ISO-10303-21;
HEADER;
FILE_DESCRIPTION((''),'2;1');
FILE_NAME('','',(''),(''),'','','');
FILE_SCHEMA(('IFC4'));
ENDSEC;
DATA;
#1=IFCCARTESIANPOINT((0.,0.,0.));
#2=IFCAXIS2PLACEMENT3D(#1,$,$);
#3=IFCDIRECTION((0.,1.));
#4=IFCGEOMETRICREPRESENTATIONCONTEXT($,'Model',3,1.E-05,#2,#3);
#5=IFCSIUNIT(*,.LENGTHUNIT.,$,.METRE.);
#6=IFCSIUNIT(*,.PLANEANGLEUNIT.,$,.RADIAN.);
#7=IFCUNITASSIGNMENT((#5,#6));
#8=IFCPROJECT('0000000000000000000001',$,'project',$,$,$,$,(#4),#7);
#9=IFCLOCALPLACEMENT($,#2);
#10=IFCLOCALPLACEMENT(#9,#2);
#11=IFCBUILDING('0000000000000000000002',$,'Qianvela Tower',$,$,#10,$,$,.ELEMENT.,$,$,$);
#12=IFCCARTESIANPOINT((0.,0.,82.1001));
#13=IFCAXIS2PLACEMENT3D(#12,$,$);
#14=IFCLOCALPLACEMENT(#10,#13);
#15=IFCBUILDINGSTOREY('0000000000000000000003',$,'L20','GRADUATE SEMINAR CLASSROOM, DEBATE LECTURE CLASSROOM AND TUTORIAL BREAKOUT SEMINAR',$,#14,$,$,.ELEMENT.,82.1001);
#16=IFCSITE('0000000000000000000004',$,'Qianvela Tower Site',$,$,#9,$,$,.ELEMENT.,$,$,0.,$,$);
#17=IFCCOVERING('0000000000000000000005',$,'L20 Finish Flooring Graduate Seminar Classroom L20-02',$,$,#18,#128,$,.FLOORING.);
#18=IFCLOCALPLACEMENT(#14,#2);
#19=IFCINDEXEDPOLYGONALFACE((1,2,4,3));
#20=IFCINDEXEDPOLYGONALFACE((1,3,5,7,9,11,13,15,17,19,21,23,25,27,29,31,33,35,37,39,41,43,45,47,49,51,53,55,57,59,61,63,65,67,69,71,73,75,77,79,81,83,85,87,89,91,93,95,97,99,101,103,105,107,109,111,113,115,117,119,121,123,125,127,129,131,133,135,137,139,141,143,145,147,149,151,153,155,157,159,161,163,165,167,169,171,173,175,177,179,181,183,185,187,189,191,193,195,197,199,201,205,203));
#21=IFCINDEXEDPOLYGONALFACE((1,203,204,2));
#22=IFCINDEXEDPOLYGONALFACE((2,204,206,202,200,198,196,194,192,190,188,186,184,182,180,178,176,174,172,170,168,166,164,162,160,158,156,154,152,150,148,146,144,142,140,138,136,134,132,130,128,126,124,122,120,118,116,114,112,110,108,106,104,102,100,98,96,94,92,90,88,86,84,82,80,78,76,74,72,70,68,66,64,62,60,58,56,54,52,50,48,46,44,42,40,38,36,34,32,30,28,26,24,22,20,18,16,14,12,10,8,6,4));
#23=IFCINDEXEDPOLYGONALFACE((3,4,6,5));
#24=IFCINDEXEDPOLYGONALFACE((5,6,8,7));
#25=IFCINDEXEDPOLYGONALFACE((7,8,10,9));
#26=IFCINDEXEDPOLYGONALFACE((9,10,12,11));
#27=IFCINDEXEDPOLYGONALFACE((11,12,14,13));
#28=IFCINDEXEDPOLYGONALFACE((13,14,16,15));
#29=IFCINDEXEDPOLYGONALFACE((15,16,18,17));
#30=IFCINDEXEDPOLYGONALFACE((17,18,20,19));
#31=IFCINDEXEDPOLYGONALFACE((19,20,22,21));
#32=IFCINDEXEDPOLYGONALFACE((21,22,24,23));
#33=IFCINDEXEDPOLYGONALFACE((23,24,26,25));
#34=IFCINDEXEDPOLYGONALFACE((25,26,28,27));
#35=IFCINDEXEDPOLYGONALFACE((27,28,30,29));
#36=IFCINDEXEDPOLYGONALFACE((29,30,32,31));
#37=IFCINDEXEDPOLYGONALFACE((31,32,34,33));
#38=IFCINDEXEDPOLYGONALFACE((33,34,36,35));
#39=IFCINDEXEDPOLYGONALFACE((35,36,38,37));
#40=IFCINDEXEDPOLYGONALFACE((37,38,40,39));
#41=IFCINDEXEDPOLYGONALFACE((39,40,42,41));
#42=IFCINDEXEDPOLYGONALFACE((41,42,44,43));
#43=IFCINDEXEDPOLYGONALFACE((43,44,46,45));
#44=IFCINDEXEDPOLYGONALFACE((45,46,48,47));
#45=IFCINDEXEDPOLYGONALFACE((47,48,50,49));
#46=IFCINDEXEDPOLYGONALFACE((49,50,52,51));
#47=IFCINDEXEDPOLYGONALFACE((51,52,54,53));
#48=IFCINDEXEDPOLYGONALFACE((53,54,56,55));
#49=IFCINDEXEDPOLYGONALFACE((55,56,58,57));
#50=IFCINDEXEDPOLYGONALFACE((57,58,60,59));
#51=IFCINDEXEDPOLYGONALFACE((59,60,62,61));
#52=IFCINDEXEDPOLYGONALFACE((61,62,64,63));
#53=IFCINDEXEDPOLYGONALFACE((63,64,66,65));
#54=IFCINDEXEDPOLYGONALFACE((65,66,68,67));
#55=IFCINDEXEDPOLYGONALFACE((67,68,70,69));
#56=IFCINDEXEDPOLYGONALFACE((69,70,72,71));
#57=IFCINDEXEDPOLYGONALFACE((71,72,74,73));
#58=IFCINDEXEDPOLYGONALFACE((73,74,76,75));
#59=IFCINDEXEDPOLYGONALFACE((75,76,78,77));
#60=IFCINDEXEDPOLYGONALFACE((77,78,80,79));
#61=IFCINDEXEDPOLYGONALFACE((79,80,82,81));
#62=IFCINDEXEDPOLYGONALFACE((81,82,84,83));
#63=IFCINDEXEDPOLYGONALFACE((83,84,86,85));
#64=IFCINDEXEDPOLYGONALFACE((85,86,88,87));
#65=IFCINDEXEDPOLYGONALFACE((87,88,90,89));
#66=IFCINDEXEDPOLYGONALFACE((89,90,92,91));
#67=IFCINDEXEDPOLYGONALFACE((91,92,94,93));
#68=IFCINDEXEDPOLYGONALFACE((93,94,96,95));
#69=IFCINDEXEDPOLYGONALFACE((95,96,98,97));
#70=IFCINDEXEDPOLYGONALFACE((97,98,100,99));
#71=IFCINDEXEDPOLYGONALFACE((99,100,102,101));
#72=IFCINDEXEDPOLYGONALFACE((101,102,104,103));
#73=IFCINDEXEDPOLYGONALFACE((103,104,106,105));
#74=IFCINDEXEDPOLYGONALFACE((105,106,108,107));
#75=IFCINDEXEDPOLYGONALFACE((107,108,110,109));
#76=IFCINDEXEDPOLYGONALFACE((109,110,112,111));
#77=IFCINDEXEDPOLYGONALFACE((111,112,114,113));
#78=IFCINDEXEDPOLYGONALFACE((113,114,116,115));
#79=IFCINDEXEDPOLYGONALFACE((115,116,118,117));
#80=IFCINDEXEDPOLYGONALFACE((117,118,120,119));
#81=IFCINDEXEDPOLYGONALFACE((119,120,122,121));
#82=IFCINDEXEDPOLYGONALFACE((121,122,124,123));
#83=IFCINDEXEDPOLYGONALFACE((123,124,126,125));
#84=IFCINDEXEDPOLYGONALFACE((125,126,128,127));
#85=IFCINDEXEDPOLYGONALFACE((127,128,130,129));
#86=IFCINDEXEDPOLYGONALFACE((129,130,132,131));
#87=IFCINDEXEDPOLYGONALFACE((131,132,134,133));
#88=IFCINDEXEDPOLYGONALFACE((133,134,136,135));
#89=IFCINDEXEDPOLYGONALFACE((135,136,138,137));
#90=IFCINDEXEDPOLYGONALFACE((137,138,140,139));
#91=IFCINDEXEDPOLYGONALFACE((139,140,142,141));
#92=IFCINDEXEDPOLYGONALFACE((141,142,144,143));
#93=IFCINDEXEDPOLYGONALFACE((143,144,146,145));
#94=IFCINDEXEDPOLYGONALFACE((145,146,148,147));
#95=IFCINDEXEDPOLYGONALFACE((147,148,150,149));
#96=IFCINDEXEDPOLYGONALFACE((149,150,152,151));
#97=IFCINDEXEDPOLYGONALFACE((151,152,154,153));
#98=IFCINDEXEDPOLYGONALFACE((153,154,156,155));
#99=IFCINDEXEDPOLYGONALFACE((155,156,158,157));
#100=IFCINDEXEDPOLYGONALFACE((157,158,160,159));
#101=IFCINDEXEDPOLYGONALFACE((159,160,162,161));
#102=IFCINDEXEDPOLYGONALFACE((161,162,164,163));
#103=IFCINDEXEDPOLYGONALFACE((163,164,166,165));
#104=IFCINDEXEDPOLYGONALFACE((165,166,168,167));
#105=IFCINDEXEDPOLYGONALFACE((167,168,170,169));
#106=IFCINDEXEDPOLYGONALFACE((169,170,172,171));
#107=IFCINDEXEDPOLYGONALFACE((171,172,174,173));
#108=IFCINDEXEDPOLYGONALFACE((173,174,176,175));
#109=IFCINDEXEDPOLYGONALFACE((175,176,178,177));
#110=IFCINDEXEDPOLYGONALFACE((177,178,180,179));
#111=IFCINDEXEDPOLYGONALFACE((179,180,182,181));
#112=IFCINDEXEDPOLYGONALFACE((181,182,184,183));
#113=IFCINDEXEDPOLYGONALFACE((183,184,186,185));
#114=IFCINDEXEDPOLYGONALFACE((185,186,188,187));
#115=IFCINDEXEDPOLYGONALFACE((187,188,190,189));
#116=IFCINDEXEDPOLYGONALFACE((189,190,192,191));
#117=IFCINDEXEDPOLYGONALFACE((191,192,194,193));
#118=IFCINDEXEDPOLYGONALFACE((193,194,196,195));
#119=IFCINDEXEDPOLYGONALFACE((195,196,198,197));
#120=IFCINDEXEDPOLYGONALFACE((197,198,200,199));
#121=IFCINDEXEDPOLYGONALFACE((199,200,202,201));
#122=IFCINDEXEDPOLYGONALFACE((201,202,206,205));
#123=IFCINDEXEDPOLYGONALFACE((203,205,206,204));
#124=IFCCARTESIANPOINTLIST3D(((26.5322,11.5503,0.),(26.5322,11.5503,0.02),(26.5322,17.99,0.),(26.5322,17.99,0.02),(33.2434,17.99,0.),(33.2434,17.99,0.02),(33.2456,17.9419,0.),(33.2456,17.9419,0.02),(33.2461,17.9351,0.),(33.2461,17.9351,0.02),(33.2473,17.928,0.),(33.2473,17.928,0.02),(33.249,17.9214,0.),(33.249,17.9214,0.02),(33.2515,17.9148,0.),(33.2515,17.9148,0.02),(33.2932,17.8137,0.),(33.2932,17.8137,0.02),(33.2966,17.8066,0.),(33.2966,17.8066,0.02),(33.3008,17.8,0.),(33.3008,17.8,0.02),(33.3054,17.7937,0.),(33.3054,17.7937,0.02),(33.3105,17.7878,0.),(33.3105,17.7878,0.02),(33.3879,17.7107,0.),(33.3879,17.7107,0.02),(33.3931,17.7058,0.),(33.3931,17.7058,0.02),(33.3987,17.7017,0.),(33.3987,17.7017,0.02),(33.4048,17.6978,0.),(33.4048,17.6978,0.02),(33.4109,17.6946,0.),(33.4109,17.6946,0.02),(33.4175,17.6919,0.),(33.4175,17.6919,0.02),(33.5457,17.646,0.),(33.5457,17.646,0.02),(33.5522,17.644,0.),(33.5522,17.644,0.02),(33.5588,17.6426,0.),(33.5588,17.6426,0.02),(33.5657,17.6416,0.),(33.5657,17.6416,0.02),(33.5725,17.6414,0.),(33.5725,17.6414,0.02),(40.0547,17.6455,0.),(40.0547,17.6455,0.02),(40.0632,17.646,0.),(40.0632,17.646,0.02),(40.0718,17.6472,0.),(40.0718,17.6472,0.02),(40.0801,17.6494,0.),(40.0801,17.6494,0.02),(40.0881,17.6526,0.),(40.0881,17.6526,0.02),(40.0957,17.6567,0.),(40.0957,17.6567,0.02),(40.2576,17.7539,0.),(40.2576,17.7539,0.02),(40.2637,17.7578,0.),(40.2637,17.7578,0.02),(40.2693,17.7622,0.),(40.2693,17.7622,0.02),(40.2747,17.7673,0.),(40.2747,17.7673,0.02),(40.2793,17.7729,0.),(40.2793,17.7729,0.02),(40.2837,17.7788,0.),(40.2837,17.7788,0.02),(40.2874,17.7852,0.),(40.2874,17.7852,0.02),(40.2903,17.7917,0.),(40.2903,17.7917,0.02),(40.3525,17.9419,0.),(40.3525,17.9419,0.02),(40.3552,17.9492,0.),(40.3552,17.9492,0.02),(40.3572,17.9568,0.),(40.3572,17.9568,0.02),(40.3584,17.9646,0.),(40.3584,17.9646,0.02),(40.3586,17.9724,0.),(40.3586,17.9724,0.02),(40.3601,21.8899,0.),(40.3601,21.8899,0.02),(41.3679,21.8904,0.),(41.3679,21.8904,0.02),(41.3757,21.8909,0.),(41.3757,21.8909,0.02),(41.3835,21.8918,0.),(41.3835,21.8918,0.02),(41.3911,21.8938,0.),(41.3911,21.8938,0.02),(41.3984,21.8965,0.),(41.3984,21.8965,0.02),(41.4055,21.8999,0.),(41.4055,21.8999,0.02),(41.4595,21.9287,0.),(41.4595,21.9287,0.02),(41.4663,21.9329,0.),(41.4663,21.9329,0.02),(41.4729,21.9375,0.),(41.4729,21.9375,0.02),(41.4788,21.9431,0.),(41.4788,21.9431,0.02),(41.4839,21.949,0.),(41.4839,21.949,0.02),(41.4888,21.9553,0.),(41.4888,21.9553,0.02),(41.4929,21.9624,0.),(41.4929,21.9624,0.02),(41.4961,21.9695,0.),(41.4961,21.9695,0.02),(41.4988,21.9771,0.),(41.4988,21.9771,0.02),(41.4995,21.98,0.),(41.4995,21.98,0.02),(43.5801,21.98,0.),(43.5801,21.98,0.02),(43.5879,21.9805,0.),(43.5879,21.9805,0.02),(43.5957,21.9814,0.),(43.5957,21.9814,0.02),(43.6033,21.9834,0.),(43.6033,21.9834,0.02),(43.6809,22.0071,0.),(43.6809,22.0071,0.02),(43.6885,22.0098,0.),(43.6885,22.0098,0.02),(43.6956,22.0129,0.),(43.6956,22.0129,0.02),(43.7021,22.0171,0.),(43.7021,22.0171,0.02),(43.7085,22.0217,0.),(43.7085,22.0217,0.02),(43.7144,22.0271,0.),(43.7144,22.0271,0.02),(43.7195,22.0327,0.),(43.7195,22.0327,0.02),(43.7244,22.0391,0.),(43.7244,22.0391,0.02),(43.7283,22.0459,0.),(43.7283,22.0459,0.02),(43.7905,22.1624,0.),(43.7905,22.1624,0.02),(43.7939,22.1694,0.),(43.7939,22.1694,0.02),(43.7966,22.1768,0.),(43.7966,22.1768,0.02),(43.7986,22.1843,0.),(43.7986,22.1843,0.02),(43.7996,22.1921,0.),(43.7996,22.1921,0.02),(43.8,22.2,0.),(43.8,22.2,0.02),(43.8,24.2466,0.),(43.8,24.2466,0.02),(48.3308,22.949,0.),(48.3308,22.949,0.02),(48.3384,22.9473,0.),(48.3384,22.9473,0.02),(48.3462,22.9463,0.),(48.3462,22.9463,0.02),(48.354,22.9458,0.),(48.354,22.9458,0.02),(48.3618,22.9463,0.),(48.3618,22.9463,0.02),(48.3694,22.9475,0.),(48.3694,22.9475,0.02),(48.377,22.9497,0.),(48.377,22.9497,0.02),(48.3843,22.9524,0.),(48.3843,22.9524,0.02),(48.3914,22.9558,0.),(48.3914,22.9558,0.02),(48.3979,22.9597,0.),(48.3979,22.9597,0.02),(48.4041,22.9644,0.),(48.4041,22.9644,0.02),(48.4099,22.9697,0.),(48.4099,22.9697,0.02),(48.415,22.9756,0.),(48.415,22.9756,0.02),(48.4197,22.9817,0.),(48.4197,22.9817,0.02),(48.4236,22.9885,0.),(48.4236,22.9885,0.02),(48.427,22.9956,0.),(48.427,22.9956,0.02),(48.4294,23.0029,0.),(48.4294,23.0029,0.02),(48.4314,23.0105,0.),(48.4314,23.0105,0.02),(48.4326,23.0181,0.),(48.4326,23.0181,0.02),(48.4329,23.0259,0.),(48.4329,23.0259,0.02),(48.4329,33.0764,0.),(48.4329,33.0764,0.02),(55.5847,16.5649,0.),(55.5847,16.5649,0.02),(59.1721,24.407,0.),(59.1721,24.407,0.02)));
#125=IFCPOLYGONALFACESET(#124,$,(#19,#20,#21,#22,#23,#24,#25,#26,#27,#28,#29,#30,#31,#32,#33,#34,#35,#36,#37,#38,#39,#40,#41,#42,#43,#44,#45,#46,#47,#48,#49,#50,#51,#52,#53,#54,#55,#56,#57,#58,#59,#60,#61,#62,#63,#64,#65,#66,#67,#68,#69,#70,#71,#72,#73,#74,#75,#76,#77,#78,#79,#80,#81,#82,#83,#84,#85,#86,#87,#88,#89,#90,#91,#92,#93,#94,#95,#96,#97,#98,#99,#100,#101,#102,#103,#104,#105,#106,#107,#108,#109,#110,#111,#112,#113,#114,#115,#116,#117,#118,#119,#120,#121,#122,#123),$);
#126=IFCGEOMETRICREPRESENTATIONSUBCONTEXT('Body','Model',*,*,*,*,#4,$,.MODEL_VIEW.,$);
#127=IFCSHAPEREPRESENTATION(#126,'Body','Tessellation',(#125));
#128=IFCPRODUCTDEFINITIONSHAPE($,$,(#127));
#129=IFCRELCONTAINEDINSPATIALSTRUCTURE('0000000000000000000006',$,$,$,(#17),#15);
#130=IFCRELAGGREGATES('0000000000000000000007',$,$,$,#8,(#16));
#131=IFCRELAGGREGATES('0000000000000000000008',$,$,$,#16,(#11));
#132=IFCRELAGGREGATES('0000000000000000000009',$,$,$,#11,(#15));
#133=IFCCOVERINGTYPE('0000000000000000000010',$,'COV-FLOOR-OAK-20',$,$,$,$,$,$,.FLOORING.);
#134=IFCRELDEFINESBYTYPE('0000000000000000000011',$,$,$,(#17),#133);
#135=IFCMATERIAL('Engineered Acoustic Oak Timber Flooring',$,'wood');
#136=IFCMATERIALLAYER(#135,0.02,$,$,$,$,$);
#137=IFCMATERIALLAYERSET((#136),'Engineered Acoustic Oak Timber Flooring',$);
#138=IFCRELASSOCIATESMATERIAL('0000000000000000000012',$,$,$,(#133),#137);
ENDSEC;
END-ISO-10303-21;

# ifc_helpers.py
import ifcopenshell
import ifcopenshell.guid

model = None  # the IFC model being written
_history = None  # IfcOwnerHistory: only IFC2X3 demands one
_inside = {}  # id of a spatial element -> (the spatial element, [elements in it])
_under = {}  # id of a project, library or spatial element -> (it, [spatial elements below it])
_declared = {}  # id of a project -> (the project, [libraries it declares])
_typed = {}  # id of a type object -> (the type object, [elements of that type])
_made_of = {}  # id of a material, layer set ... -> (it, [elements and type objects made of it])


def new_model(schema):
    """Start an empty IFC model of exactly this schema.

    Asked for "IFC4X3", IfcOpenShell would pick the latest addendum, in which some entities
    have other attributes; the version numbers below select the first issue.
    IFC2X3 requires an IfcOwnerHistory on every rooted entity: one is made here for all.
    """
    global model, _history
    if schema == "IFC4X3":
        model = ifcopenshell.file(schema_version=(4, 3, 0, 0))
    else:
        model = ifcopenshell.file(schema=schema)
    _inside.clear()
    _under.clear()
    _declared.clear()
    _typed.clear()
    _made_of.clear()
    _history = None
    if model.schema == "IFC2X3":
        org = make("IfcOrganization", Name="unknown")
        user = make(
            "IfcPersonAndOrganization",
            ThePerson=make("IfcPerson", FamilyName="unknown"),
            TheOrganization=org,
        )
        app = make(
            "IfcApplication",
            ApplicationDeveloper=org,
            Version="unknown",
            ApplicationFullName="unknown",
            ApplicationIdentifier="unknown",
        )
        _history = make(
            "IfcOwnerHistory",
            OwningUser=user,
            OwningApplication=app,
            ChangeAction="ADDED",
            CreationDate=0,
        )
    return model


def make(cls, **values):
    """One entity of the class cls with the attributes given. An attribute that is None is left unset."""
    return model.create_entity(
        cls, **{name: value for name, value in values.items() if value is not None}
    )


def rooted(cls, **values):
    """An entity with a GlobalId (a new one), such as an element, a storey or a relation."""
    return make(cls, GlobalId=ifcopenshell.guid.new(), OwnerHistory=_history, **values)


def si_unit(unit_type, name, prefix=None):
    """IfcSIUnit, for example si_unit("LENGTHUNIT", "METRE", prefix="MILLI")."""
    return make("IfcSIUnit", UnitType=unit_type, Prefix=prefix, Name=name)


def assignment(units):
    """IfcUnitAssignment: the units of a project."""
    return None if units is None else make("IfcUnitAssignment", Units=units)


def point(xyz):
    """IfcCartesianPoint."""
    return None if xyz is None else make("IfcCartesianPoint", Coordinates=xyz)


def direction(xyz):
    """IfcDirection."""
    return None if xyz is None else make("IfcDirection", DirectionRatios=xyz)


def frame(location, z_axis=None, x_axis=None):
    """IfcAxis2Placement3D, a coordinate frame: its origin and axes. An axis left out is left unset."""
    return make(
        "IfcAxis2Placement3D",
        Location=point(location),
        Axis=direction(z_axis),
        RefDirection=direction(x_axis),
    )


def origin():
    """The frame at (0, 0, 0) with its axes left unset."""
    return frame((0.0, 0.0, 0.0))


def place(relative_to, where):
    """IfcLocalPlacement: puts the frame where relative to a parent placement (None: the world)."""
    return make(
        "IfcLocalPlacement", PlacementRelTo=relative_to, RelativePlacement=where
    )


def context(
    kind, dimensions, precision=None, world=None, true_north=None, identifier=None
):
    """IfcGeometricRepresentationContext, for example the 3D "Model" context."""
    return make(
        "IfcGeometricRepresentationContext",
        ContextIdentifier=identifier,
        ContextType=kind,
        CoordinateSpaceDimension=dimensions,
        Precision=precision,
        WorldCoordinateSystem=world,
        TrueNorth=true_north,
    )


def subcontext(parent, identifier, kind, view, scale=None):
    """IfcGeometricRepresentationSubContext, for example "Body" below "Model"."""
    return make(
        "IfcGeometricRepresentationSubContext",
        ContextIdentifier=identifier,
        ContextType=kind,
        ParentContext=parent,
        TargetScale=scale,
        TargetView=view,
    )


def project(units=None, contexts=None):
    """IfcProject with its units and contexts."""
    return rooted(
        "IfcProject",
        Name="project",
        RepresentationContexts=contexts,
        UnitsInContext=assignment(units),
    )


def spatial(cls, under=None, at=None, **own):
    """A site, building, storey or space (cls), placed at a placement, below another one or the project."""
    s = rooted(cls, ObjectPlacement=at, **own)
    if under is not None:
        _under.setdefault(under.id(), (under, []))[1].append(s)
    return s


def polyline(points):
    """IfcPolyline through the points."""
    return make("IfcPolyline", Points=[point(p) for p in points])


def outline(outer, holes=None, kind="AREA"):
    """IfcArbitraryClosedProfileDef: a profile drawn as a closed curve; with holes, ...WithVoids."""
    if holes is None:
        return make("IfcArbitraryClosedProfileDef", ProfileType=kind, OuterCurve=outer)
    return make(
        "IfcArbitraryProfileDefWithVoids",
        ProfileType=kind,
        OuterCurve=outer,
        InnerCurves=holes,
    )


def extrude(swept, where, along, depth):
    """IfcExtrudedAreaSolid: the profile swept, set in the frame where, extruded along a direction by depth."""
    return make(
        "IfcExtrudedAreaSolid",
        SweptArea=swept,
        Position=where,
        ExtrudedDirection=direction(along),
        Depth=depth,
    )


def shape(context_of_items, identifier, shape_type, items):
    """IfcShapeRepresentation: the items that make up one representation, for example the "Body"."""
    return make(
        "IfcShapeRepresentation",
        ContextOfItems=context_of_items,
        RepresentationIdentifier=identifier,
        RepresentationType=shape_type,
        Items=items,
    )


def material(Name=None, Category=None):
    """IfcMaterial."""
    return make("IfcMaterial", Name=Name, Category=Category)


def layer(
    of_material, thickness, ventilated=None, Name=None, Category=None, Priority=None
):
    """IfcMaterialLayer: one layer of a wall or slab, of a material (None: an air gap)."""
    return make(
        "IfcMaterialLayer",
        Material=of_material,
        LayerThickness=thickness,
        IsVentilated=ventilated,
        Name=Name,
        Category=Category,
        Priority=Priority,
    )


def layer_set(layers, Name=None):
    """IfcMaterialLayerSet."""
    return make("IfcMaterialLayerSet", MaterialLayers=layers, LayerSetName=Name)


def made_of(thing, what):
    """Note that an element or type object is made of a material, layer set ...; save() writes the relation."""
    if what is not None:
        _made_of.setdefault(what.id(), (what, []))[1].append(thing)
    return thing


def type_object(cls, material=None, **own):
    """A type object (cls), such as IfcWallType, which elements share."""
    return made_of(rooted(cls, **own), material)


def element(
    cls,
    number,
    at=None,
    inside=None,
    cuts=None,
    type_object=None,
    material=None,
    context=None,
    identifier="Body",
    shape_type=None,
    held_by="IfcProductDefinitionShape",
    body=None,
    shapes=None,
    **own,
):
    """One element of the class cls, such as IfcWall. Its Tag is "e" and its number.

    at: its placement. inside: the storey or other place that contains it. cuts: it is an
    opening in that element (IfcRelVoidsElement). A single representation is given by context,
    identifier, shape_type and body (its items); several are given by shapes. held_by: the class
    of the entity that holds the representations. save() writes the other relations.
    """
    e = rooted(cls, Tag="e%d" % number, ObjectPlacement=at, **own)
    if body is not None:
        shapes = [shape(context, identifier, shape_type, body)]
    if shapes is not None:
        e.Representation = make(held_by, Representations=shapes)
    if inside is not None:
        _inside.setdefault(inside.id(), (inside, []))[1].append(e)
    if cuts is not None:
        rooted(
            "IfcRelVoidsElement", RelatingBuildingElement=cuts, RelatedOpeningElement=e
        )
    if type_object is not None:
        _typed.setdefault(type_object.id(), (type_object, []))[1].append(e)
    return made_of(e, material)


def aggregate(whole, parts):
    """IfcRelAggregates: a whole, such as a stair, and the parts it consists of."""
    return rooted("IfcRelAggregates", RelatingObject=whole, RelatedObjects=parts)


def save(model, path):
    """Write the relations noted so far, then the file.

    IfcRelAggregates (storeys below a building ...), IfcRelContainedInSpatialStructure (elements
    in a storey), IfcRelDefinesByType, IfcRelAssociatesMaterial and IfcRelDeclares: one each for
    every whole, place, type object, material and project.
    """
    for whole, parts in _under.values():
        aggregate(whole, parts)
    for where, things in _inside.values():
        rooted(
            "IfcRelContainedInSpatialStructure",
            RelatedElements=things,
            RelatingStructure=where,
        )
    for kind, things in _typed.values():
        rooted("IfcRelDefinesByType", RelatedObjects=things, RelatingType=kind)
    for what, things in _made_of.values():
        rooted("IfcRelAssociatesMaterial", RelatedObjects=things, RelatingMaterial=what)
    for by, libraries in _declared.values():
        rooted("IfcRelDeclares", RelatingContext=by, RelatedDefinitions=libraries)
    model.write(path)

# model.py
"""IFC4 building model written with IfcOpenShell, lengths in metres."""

from ifc_helpers import new_model, si_unit, direction, frame, origin, place, context, subcontext, project, spatial, polyline, outline, extrude, material, layer, layer_set, type_object, element, save


model = new_model("IFC4")

# Units and contexts
model_context = context("Model", 3, precision=1e-05, world=origin(), true_north=direction((0.0, 1.0)))
body_context = subcontext(model_context, "Body", "Model", "MODEL_VIEW")
ifc_project = project(units=[si_unit("LENGTHUNIT", "METRE"), si_unit("PLANEANGLEUNIT", "RADIAN")], contexts=[model_context])

# Site, building, storey
site_placement = place(None, origin())
site = spatial("IfcSite", under=ifc_project, at=site_placement, Name="Qianvela Tower Site", CompositionType="ELEMENT", RefElevation=0.0)
building_placement = place(site_placement, origin())
building = spatial("IfcBuilding", under=site, at=building_placement, Name="Qianvela Tower", CompositionType="ELEMENT")
storey_placement = place(building_placement, frame((0.0, 0.0, 82.1001)))
storey = spatial("IfcBuildingStorey", under=building, at=storey_placement, Name="L20", Description="GRADUATE SEMINAR CLASSROOM, DEBATE LECTURE CLASSROOM AND TUTORIAL BREAKOUT SEMINAR", CompositionType="ELEMENT", Elevation=82.1001)

# Covering
ifc_material_1 = material(Name="Engineered Acoustic Oak Timber Flooring", Category="wood")
ifc_layer_1 = layer(ifc_material_1, 0.02)
ifc_layer_set_1 = layer_set([ifc_layer_1], Name="Engineered Acoustic Oak Timber Flooring")
covering_type_1 = type_object("IfcCoveringType", Name="COV-FLOOR-OAK-20", PredefinedType="FLOORING", material=ifc_layer_set_1)
covering_1_placement = place(storey_placement, origin())
element("IfcCovering", 1, at=covering_1_placement, inside=storey, type_object=covering_type_1, Name="L20 Finish Flooring Graduate Seminar Classroom L20-02", PredefinedType="FLOORING", context=body_context, shape_type="SweptSolid", body=[
    extrude(outline(polyline([(48.4329, 33.0764), (59.1721, 24.407), (55.5847, 16.5649), (26.5322, 11.5503), (26.5322, 17.99), (33.2434, 17.99), (33.2456, 17.9419), (33.2461, 17.9351), (33.2473, 17.928), (33.249, 17.9214), (33.2515, 17.9148), (33.2932, 17.8137), (33.2966, 17.8066), (33.3008, 17.8), (33.3054, 17.7937), (33.3105, 17.7878), (33.3879, 17.7107), (33.3931, 17.7058), (33.3987, 17.7017), (33.4048, 17.6978), (33.4109, 17.6946), (33.4175, 17.6919), (33.5457, 17.646), (33.5522, 17.644), (33.5588, 17.6426), (33.5657, 17.6416), (33.5725, 17.6414), (40.0547, 17.6455), (40.0632, 17.646), (40.0718, 17.6472), (40.0801, 17.6494), (40.0881, 17.6526), (40.0957, 17.6567), (40.2576, 17.7539), (40.2637, 17.7578), (40.2693, 17.7622), (40.2747, 17.7673), (40.2793, 17.7729), (40.2837, 17.7788), (40.2874, 17.7852), (40.2903, 17.7917), (40.3525, 17.9419), (40.3552, 17.9492), (40.3572, 17.9568), (40.3584, 17.9646), (40.3586, 17.9724), (40.3601, 21.8899), (41.3679, 21.8904), (41.3757, 21.8909), (41.3835, 21.8918), (41.3911, 21.8938), (41.3984, 21.8965), (41.4055, 21.8999), (41.4595, 21.9287), (41.4663, 21.9329), (41.4729, 21.9375), (41.4788, 21.9431), (41.4839, 21.949), (41.4888, 21.9553), (41.4929, 21.9624), (41.4961, 21.9695), (41.4988, 21.9771), (41.4995, 21.98), (43.5801, 21.98), (43.5879, 21.9805), (43.5957, 21.9814), (43.6033, 21.9834), (43.6809, 22.0071), (43.6885, 22.0098), (43.6956, 22.0129), (43.7021, 22.0171), (43.7085, 22.0217), (43.7144, 22.0271), (43.7195, 22.0327), (43.7244, 22.0391), (43.7283, 22.0459), (43.7905, 22.1624), (43.7939, 22.1694), (43.7966, 22.1768), (43.7986, 22.1843), (43.7996, 22.1921), (43.8, 22.2), (43.8, 24.2466), (48.3308, 22.949), (48.3384, 22.9473), (48.3462, 22.9463), (48.354, 22.9458), (48.3618, 22.9463), (48.3694, 22.9475), (48.377, 22.9497), (48.3843, 22.9524), (48.3914, 22.9558), (48.3979, 22.9597), (48.4041, 22.9644), (48.4099, 22.9697), (48.415, 22.9756), (48.4197, 22.9817), (48.4236, 22.9885), (48.427, 22.9956), (48.4294, 23.0029), (48.4314, 23.0105), (48.4326, 23.0181), (48.4329, 23.0259), (48.4329, 33.0764)])), origin(), (0.0, 0.0, 1.0), 0.02),
])

save(model, "model.ifc")
